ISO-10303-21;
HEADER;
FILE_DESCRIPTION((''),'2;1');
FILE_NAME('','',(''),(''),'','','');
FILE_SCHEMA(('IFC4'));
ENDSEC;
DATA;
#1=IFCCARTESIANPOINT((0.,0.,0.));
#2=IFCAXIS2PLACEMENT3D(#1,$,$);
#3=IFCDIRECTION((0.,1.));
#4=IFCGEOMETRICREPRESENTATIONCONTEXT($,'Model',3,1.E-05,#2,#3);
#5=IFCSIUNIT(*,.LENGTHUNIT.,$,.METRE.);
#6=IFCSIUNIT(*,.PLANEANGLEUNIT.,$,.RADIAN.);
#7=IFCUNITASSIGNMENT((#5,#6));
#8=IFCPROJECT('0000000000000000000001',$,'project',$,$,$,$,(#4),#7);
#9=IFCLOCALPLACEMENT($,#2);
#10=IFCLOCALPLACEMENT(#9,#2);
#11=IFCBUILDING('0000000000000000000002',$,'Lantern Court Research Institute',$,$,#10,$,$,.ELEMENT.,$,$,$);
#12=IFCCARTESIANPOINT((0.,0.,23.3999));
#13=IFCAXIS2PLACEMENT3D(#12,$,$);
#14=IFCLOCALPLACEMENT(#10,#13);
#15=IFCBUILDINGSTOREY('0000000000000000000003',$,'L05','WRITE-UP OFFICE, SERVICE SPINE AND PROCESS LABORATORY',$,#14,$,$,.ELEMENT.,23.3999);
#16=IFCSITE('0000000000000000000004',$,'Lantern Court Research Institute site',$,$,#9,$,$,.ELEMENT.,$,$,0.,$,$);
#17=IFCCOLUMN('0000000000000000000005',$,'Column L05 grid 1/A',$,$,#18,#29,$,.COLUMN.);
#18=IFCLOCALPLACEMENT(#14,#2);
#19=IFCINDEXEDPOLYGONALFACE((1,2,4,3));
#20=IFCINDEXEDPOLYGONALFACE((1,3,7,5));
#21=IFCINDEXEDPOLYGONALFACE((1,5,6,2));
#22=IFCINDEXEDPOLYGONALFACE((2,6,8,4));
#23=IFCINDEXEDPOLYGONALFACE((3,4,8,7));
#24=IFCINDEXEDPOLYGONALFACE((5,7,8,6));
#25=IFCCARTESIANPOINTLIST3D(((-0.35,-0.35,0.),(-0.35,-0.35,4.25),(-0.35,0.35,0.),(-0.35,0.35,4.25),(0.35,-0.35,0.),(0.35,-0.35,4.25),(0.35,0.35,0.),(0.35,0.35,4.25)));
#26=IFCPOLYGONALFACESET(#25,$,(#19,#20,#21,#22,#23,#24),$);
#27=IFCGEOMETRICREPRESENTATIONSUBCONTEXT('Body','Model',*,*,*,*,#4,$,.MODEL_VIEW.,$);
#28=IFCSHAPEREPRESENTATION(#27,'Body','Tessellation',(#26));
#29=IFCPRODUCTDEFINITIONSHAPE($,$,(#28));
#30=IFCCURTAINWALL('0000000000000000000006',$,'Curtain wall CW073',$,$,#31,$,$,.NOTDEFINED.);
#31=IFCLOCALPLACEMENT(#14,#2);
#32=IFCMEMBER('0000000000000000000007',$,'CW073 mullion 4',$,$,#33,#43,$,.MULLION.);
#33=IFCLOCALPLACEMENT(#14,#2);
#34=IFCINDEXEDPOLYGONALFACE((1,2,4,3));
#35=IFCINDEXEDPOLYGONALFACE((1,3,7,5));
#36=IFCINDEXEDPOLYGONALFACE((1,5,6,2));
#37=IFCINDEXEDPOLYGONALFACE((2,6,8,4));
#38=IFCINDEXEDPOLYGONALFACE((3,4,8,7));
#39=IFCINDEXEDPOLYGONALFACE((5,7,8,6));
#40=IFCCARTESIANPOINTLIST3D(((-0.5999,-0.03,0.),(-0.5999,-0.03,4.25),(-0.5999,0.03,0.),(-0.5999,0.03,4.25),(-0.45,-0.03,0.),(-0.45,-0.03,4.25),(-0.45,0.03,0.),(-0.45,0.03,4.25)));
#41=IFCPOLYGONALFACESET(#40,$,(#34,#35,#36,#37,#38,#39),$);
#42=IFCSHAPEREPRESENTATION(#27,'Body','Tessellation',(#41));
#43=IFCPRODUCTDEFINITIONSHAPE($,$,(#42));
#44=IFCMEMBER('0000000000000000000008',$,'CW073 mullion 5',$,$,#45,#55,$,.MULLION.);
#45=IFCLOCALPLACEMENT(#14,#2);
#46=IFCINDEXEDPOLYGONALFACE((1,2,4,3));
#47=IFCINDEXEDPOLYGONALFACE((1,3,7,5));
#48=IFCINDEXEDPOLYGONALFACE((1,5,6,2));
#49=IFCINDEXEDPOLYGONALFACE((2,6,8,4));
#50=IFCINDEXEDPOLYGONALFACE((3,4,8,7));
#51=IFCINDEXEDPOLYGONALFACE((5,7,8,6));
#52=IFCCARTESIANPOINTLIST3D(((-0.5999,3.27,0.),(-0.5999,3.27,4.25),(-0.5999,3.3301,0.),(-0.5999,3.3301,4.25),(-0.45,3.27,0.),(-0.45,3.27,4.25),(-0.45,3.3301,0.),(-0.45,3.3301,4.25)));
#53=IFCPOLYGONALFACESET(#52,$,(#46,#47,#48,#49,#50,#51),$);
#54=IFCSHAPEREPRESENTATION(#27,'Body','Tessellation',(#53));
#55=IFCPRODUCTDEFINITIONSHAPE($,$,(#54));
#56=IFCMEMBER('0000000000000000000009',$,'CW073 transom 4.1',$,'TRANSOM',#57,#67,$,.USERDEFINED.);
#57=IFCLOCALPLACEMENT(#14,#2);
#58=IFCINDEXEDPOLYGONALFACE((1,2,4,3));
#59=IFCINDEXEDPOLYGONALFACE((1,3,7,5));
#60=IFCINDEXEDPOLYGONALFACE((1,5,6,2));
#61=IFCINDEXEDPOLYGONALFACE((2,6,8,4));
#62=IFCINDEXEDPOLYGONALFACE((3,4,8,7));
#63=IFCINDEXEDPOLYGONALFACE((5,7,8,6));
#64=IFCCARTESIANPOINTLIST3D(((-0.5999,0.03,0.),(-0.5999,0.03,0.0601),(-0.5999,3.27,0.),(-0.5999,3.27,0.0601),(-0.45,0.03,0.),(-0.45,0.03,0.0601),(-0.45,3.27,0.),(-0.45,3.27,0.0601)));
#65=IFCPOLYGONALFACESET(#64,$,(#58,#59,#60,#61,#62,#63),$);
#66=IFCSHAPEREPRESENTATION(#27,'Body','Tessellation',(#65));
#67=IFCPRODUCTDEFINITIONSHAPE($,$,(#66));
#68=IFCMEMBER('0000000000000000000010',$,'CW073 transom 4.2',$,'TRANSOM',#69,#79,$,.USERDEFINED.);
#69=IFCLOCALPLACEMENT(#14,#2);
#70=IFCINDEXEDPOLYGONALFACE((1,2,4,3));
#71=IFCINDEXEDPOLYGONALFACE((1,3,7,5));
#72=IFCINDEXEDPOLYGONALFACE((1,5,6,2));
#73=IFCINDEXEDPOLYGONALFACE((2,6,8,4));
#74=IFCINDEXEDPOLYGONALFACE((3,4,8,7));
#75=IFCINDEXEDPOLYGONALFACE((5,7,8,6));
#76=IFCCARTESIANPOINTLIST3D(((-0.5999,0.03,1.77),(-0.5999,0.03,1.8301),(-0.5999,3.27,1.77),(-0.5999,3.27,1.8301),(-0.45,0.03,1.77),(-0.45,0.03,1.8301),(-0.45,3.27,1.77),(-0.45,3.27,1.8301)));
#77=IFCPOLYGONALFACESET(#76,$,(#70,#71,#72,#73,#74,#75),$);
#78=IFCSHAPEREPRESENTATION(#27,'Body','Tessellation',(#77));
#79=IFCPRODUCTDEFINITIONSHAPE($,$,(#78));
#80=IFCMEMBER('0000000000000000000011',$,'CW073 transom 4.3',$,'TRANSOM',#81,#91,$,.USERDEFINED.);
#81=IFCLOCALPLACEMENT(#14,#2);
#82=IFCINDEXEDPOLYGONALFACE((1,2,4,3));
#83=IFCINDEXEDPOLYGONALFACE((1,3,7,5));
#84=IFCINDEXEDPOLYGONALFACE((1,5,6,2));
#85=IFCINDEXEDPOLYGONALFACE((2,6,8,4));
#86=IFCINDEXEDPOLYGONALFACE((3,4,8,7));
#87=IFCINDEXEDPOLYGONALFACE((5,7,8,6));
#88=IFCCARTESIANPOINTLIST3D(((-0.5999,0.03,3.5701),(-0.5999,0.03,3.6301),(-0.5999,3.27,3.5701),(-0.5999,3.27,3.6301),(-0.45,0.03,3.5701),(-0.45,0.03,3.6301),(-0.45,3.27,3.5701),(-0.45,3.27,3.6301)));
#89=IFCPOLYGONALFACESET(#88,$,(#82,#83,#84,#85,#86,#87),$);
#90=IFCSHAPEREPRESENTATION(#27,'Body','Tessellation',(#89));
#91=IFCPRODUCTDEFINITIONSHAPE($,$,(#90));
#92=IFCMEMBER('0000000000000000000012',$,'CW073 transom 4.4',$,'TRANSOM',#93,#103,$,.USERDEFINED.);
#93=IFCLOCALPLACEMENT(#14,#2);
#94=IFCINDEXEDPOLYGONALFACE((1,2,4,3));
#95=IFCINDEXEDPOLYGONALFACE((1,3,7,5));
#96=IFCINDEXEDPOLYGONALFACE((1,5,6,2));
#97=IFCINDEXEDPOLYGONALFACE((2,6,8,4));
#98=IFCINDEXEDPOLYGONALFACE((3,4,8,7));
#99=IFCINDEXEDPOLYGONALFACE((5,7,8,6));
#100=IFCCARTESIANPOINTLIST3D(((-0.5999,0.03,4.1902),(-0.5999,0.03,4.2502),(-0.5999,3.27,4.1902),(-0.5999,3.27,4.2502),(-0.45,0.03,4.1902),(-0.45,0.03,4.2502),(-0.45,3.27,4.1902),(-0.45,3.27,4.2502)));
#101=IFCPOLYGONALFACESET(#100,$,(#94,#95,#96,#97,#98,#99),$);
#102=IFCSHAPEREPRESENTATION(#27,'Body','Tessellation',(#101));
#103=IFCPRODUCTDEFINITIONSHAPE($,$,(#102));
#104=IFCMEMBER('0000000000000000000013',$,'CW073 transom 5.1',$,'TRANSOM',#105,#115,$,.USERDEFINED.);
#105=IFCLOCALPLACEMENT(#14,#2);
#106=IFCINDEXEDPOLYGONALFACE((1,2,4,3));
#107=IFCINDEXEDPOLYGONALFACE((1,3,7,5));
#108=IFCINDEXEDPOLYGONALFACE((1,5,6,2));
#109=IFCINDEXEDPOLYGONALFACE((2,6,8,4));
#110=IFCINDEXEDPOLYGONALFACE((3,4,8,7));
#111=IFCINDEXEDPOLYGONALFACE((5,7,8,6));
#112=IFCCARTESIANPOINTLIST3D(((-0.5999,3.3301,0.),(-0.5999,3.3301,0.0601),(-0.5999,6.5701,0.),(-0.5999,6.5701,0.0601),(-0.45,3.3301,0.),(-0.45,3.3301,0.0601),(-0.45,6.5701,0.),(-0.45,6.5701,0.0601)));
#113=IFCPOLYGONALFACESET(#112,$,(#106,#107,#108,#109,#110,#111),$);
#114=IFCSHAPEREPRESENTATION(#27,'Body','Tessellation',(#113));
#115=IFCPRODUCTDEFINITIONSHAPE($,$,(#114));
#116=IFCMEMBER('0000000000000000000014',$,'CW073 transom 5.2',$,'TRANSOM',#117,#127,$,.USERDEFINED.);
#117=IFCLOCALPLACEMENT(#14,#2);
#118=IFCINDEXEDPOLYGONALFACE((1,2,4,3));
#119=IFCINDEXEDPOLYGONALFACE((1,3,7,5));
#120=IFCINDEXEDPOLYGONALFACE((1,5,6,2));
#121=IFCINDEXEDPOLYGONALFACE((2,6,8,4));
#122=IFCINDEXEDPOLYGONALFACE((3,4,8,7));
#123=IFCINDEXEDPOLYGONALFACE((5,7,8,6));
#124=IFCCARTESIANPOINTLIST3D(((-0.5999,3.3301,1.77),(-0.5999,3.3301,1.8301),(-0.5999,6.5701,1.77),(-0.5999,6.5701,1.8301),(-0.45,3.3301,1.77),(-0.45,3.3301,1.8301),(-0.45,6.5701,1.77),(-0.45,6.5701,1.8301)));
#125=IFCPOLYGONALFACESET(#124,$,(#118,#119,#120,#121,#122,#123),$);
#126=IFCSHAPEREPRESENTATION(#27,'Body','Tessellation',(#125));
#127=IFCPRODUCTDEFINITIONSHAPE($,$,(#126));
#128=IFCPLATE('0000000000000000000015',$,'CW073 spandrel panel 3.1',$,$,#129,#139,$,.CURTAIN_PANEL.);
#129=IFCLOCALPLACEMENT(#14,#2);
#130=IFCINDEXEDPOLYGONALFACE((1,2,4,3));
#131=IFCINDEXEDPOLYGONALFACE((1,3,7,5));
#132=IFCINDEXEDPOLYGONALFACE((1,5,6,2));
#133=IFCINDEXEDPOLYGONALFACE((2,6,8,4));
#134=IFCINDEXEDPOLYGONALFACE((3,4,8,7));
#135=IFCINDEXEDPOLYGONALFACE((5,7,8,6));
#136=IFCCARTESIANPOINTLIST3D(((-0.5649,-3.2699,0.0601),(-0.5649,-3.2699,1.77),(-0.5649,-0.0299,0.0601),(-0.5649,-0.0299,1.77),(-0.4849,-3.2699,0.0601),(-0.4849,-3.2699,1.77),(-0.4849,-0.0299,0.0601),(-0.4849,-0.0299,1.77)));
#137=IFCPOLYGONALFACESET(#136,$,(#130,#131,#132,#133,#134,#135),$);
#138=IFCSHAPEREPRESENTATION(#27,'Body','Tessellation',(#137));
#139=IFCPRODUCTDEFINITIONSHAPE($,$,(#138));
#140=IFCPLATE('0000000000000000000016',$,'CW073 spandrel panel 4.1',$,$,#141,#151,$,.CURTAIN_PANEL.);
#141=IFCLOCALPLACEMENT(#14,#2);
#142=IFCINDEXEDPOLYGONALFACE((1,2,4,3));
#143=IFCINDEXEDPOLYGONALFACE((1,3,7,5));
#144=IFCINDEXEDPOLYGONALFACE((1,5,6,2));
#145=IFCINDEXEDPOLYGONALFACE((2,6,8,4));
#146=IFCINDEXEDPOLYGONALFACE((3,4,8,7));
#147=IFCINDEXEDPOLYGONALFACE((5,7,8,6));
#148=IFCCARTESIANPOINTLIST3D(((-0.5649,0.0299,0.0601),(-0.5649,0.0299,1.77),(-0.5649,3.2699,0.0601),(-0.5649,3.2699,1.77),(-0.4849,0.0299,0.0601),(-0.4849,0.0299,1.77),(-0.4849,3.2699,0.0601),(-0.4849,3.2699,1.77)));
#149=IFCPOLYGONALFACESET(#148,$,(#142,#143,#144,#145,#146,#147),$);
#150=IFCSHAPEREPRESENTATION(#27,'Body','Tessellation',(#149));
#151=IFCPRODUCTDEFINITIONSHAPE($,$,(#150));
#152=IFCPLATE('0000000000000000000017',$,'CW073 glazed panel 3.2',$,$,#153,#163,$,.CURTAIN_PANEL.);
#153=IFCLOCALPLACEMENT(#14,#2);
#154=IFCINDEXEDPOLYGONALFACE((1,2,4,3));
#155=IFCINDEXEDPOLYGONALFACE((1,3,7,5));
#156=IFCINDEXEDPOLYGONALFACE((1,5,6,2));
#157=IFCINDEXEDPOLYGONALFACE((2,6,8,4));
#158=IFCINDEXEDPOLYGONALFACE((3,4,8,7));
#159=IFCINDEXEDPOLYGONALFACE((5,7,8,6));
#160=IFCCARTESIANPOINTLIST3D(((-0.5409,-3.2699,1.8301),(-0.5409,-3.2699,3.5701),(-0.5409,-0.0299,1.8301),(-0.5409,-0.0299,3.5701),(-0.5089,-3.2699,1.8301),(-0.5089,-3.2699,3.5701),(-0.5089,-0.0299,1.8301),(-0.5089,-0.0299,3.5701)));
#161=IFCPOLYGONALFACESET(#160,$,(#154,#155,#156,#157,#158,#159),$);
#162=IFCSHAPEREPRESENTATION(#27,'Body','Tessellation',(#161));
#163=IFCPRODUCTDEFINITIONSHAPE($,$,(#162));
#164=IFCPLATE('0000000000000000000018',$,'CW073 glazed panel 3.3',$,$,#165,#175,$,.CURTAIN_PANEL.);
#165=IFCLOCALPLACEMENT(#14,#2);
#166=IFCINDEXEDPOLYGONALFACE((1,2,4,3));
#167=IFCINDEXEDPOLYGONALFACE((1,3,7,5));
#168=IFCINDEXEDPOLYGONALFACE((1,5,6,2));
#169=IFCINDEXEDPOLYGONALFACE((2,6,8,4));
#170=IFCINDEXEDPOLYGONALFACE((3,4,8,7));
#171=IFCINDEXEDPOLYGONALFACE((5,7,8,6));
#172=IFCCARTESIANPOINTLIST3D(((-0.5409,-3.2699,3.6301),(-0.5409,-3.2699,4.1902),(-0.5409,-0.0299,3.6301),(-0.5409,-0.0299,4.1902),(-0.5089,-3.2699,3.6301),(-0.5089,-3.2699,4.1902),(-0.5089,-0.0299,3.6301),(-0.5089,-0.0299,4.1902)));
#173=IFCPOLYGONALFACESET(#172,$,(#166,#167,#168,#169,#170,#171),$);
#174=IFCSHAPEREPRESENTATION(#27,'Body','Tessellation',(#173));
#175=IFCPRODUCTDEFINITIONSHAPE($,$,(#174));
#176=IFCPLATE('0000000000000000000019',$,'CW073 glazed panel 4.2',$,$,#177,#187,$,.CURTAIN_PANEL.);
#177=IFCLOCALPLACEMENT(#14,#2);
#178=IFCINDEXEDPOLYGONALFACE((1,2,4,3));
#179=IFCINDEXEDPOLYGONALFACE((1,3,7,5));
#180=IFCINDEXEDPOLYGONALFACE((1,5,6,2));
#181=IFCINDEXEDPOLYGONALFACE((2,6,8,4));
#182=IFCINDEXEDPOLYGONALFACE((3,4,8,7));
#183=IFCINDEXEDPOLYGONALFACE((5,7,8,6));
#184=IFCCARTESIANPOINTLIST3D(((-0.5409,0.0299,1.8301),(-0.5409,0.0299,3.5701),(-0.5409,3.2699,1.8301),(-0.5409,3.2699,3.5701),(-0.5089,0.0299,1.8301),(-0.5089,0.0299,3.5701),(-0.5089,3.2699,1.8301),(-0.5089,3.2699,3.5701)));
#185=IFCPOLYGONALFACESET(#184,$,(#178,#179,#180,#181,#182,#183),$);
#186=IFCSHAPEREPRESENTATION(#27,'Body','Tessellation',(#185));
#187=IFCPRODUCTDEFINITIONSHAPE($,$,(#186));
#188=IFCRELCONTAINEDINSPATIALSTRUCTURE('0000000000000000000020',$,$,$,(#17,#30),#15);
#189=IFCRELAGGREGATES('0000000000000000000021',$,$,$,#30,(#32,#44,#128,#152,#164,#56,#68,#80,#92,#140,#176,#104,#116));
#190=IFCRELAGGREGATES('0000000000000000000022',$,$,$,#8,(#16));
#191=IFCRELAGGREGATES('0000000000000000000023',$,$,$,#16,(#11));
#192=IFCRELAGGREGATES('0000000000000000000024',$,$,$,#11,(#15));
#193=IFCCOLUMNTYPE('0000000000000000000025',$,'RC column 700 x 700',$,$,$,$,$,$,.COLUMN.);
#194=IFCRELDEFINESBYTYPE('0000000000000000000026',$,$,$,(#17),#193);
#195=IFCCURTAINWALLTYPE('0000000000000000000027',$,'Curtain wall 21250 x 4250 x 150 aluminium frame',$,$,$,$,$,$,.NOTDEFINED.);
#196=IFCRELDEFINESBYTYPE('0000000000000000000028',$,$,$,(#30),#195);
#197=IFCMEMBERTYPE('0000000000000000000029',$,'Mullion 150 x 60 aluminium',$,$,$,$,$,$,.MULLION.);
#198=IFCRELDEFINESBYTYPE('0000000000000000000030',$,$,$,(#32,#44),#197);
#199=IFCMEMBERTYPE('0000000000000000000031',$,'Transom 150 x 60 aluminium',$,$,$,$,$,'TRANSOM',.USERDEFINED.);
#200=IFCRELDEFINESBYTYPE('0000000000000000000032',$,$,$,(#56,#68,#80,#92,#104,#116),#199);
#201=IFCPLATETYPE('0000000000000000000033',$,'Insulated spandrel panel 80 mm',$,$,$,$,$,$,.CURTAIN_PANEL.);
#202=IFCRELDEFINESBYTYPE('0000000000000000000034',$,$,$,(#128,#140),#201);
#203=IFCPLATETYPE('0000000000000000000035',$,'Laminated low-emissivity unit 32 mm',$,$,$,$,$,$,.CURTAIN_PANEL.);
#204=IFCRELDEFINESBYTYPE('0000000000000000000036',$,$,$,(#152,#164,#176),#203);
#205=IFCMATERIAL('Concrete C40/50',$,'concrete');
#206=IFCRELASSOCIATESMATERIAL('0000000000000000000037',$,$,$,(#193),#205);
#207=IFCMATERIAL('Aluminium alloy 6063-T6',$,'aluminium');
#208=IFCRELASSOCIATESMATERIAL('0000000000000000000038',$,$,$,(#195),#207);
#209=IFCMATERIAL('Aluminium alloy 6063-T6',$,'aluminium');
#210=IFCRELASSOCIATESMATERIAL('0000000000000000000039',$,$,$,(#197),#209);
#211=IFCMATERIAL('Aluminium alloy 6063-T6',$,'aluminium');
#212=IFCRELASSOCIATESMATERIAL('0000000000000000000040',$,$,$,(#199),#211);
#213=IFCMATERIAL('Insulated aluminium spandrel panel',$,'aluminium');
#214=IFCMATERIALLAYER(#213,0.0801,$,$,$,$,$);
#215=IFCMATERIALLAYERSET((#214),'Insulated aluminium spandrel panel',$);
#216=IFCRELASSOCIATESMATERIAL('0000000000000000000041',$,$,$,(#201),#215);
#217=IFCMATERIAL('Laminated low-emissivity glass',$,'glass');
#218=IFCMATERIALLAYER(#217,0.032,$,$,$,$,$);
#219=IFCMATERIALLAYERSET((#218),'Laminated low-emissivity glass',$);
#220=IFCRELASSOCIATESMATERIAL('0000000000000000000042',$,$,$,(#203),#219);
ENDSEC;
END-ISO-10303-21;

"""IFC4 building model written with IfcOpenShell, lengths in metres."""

from ifc_helpers import new_model, si_unit, direction, frame, origin, origin_with_axes, origin_2d, place, context, subcontext, project, spatial, rectangle, extrude, material, layer, layer_set, material_profile, profile_set, type_object, element, aggregate, save


model = new_model("IFC4")

# Units and contexts
model_context = context("Model", 3, precision=1e-05, world=origin(), true_north=direction((0.0, 1.0)))
body_context = subcontext(model_context, "Body", "Model", "MODEL_VIEW")
ifc_project = project(units=[si_unit("LENGTHUNIT", "METRE"), si_unit("PLANEANGLEUNIT", "RADIAN")], contexts=[model_context])

# Site, building, storey
site_placement = place(None, origin())
site = spatial("IfcSite", under=ifc_project, at=site_placement, Name="Lantern Court Research Institute site", CompositionType="ELEMENT", RefElevation=0.0)
building_placement = place(site_placement, origin())
building = spatial("IfcBuilding", under=site, at=building_placement, Name="Lantern Court Research Institute", CompositionType="ELEMENT")
storey_placement = place(building_placement, frame((0.0, 0.0, 23.3999)))
storey = spatial("IfcBuildingStorey", under=building, at=storey_placement, Name="L05", Description="WRITE-UP OFFICE, SERVICE SPINE AND PROCESS LABORATORY", CompositionType="ELEMENT", Elevation=23.3999)

# Column
ifc_material_1 = material(Name="Concrete C40/50", Category="concrete")
ifc_material_profile_1 = material_profile(ifc_material_1, rectangle(XDim=0.7, YDim=0.7, at=origin_2d()), Name="RC column 700 x 700")
ifc_profile_set_1 = profile_set([ifc_material_profile_1], Name="Concrete C40/50")
column_type = type_object("IfcColumnType", Name="RC column 700 x 700", PredefinedType="COLUMN", material=ifc_profile_set_1)
column_placement = place(storey_placement, origin_with_axes())
element("IfcColumn", 1, at=column_placement, inside=storey, type_object=column_type, Name="Column L05 grid 1/A", PredefinedType="COLUMN", context=body_context, shape_type="SweptSolid", body=[
    extrude(rectangle(XDim=0.7, YDim=0.7, at=origin_2d()), origin(), (0.0, 0.0, 1.0), 4.25),
])

# Curtain wall, members, plates
ifc_material_2 = material(Name="Aluminium alloy 6063-T6", Category="aluminium")
curtain_wall_type = type_object("IfcCurtainWallType", Name="Curtain wall 21250 x 4250 x 150 aluminium frame", PredefinedType="NOTDEFINED", material=ifc_material_2)
curtain_wall_placement = place(storey_placement, origin())
curtain_wall = element("IfcCurtainWall", 2, at=curtain_wall_placement, inside=storey, type_object=curtain_wall_type, Name="Curtain wall CW073", PredefinedType="NOTDEFINED")
ifc_material_3 = material(Name="Aluminium alloy 6063-T6", Category="aluminium")
ifc_material_profile_2 = material_profile(ifc_material_3, rectangle(XDim=0.1499, YDim=0.0601, at=origin_2d()), Name="Mullion 150 x 60")
ifc_profile_set_2 = profile_set([ifc_material_profile_2], Name="Aluminium alloy 6063-T6")
member_type_1 = type_object("IfcMemberType", Name="Mullion 150 x 60 aluminium", PredefinedType="MULLION", material=ifc_profile_set_2)
member_1_placement = place(storey_placement, frame((-0.5249, 0.0, 0.0), z_axis=(0.0, 0.0, 1.0), x_axis=(-1.0, 0.0, 0.0)))
member_1 = element("IfcMember", 3, at=member_1_placement, type_object=member_type_1, Name="CW073 mullion 4", PredefinedType="MULLION", context=body_context, shape_type="SweptSolid", body=[
    extrude(rectangle(XDim=0.1499, YDim=0.0601, at=origin_2d()), origin(), (0.0, 0.0, 1.0), 4.25),
])
member_2_placement = place(storey_placement, frame((-0.5249, 3.3, 0.0), z_axis=(0.0, 0.0, 1.0), x_axis=(-1.0, 0.0, 0.0)))
member_2 = element("IfcMember", 4, at=member_2_placement, type_object=member_type_1, Name="CW073 mullion 5", PredefinedType="MULLION", context=body_context, shape_type="SweptSolid", body=[
    extrude(rectangle(XDim=0.1499, YDim=0.0601, at=origin_2d()), origin(), (0.0, 0.0, 1.0), 4.25),
])
ifc_material_4 = material(Name="Aluminium alloy 6063-T6", Category="aluminium")
ifc_material_profile_3 = material_profile(ifc_material_4, rectangle(XDim=0.1499, YDim=0.0601, at=origin_2d()), Name="Transom 150 x 60")
ifc_profile_set_3 = profile_set([ifc_material_profile_3], Name="Aluminium alloy 6063-T6")
member_type_2 = type_object("IfcMemberType", Name="Transom 150 x 60 aluminium", ElementType="TRANSOM", PredefinedType="USERDEFINED", material=ifc_profile_set_3)
member_3_placement = place(storey_placement, frame((-0.5249, 0.03, 0.03), z_axis=(0.0, 1.0, 0.0), x_axis=(-1.0, 0.0, 0.0)))
member_3 = element("IfcMember", 5, at=member_3_placement, type_object=member_type_2, Name="CW073 transom 4.1", ObjectType="TRANSOM", PredefinedType="USERDEFINED", context=body_context, shape_type="SweptSolid", body=[
    extrude(rectangle(XDim=0.1499, YDim=0.0601, at=origin_2d()), origin(), (0.0, 0.0, 1.0), 3.24),
])
member_4_placement = place(storey_placement, frame((-0.5249, 0.03, 1.8), z_axis=(0.0, 1.0, 0.0), x_axis=(-1.0, 0.0, 0.0)))
member_4 = element("IfcMember", 6, at=member_4_placement, type_object=member_type_2, Name="CW073 transom 4.2", ObjectType="TRANSOM", PredefinedType="USERDEFINED", context=body_context, shape_type="SweptSolid", body=[
    extrude(rectangle(XDim=0.1499, YDim=0.0601, at=origin_2d()), origin(), (0.0, 0.0, 1.0), 3.24),
])
member_5_placement = place(storey_placement, frame((-0.5249, 0.03, 3.6001), z_axis=(0.0, 1.0, 0.0), x_axis=(-1.0, 0.0, 0.0)))
member_5 = element("IfcMember", 7, at=member_5_placement, type_object=member_type_2, Name="CW073 transom 4.3", ObjectType="TRANSOM", PredefinedType="USERDEFINED", context=body_context, shape_type="SweptSolid", body=[
    extrude(rectangle(XDim=0.1499, YDim=0.0601, at=origin_2d()), origin(), (0.0, 0.0, 1.0), 3.24),
])
member_6_placement = place(storey_placement, frame((-0.5249, 0.03, 4.2202), z_axis=(0.0, 1.0, 0.0), x_axis=(-1.0, 0.0, 0.0)))
member_6 = element("IfcMember", 8, at=member_6_placement, type_object=member_type_2, Name="CW073 transom 4.4", ObjectType="TRANSOM", PredefinedType="USERDEFINED", context=body_context, shape_type="SweptSolid", body=[
    extrude(rectangle(XDim=0.1499, YDim=0.0601, at=origin_2d()), origin(), (0.0, 0.0, 1.0), 3.24),
])
member_7_placement = place(storey_placement, frame((-0.5249, 3.3301, 0.03), z_axis=(0.0, 1.0, 0.0), x_axis=(-1.0, 0.0, 0.0)))
member_7 = element("IfcMember", 9, at=member_7_placement, type_object=member_type_2, Name="CW073 transom 5.1", ObjectType="TRANSOM", PredefinedType="USERDEFINED", context=body_context, shape_type="SweptSolid", body=[
    extrude(rectangle(XDim=0.1499, YDim=0.0601, at=origin_2d()), origin(), (0.0, 0.0, 1.0), 3.24),
])
member_8_placement = place(storey_placement, frame((-0.5249, 3.3301, 1.8), z_axis=(0.0, 1.0, 0.0), x_axis=(-1.0, 0.0, 0.0)))
member_8 = element("IfcMember", 10, at=member_8_placement, type_object=member_type_2, Name="CW073 transom 5.2", ObjectType="TRANSOM", PredefinedType="USERDEFINED", context=body_context, shape_type="SweptSolid", body=[
    extrude(rectangle(XDim=0.1499, YDim=0.0601, at=origin_2d()), origin(), (0.0, 0.0, 1.0), 3.24),
])
ifc_material_5 = material(Name="Insulated aluminium spandrel panel", Category="aluminium")
ifc_layer_1 = layer(ifc_material_5, 0.0801)
ifc_layer_set_1 = layer_set([ifc_layer_1], Name="Insulated aluminium spandrel panel")
plate_type_1 = type_object("IfcPlateType", Name="Insulated spandrel panel 80 mm", PredefinedType="CURTAIN_PANEL", material=ifc_layer_set_1)
plate_1_placement = place(storey_placement, frame((-0.5249, -1.6499, 0.0601), z_axis=(0.0, 0.0, 1.0), x_axis=(0.0, 1.0, 0.0)))
plate_1 = element("IfcPlate", 11, at=plate_1_placement, type_object=plate_type_1, Name="CW073 spandrel panel 3.1", PredefinedType="CURTAIN_PANEL", context=body_context, shape_type="SweptSolid", body=[
    extrude(rectangle(XDim=3.24, YDim=0.0801, at=origin_2d()), origin(), (0.0, 0.0, 1.0), 1.71),
])
plate_2_placement = place(storey_placement, frame((-0.5249, 1.6499, 0.0601), z_axis=(0.0, 0.0, 1.0), x_axis=(0.0, 1.0, 0.0)))
plate_2 = element("IfcPlate", 12, at=plate_2_placement, type_object=plate_type_1, Name="CW073 spandrel panel 4.1", PredefinedType="CURTAIN_PANEL", context=body_context, shape_type="SweptSolid", body=[
    extrude(rectangle(XDim=3.24, YDim=0.0801, at=origin_2d()), origin(), (0.0, 0.0, 1.0), 1.71),
])
ifc_material_6 = material(Name="Laminated low-emissivity glass", Category="glass")
ifc_layer_2 = layer(ifc_material_6, 0.032)
ifc_layer_set_2 = layer_set([ifc_layer_2], Name="Laminated low-emissivity glass")
plate_type_2 = type_object("IfcPlateType", Name="Laminated low-emissivity unit 32 mm", PredefinedType="CURTAIN_PANEL", material=ifc_layer_set_2)
plate_3_placement = place(storey_placement, frame((-0.5249, -1.6499, 1.8301), z_axis=(0.0, 0.0, 1.0), x_axis=(0.0, 1.0, 0.0)))
plate_3 = element("IfcPlate", 13, at=plate_3_placement, type_object=plate_type_2, Name="CW073 glazed panel 3.2", PredefinedType="CURTAIN_PANEL", context=body_context, shape_type="SweptSolid", body=[
    extrude(rectangle(XDim=3.24, YDim=0.032, at=origin_2d()), origin(), (0.0, 0.0, 1.0), 1.74),
])
plate_4_placement = place(storey_placement, frame((-0.5249, -1.6499, 3.6301), z_axis=(0.0, 0.0, 1.0), x_axis=(0.0, 1.0, 0.0)))
plate_4 = element("IfcPlate", 14, at=plate_4_placement, type_object=plate_type_2, Name="CW073 glazed panel 3.3", PredefinedType="CURTAIN_PANEL", context=body_context, shape_type="SweptSolid", body=[
    extrude(rectangle(XDim=3.24, YDim=0.032, at=origin_2d()), origin(), (0.0, 0.0, 1.0), 0.5601),
])
plate_5_placement = place(storey_placement, frame((-0.5249, 1.6499, 1.8301), z_axis=(0.0, 0.0, 1.0), x_axis=(0.0, 1.0, 0.0)))
plate_5 = element("IfcPlate", 15, at=plate_5_placement, type_object=plate_type_2, Name="CW073 glazed panel 4.2", PredefinedType="CURTAIN_PANEL", context=body_context, shape_type="SweptSolid", body=[
    extrude(rectangle(XDim=3.24, YDim=0.032, at=origin_2d()), origin(), (0.0, 0.0, 1.0), 1.74),
])
aggregate(curtain_wall, [member_1, member_2, plate_1, plate_3, plate_4, member_3, member_4, member_5, member_6, plate_2, plate_5, member_7, member_8])

save(model, "model.ifc")
